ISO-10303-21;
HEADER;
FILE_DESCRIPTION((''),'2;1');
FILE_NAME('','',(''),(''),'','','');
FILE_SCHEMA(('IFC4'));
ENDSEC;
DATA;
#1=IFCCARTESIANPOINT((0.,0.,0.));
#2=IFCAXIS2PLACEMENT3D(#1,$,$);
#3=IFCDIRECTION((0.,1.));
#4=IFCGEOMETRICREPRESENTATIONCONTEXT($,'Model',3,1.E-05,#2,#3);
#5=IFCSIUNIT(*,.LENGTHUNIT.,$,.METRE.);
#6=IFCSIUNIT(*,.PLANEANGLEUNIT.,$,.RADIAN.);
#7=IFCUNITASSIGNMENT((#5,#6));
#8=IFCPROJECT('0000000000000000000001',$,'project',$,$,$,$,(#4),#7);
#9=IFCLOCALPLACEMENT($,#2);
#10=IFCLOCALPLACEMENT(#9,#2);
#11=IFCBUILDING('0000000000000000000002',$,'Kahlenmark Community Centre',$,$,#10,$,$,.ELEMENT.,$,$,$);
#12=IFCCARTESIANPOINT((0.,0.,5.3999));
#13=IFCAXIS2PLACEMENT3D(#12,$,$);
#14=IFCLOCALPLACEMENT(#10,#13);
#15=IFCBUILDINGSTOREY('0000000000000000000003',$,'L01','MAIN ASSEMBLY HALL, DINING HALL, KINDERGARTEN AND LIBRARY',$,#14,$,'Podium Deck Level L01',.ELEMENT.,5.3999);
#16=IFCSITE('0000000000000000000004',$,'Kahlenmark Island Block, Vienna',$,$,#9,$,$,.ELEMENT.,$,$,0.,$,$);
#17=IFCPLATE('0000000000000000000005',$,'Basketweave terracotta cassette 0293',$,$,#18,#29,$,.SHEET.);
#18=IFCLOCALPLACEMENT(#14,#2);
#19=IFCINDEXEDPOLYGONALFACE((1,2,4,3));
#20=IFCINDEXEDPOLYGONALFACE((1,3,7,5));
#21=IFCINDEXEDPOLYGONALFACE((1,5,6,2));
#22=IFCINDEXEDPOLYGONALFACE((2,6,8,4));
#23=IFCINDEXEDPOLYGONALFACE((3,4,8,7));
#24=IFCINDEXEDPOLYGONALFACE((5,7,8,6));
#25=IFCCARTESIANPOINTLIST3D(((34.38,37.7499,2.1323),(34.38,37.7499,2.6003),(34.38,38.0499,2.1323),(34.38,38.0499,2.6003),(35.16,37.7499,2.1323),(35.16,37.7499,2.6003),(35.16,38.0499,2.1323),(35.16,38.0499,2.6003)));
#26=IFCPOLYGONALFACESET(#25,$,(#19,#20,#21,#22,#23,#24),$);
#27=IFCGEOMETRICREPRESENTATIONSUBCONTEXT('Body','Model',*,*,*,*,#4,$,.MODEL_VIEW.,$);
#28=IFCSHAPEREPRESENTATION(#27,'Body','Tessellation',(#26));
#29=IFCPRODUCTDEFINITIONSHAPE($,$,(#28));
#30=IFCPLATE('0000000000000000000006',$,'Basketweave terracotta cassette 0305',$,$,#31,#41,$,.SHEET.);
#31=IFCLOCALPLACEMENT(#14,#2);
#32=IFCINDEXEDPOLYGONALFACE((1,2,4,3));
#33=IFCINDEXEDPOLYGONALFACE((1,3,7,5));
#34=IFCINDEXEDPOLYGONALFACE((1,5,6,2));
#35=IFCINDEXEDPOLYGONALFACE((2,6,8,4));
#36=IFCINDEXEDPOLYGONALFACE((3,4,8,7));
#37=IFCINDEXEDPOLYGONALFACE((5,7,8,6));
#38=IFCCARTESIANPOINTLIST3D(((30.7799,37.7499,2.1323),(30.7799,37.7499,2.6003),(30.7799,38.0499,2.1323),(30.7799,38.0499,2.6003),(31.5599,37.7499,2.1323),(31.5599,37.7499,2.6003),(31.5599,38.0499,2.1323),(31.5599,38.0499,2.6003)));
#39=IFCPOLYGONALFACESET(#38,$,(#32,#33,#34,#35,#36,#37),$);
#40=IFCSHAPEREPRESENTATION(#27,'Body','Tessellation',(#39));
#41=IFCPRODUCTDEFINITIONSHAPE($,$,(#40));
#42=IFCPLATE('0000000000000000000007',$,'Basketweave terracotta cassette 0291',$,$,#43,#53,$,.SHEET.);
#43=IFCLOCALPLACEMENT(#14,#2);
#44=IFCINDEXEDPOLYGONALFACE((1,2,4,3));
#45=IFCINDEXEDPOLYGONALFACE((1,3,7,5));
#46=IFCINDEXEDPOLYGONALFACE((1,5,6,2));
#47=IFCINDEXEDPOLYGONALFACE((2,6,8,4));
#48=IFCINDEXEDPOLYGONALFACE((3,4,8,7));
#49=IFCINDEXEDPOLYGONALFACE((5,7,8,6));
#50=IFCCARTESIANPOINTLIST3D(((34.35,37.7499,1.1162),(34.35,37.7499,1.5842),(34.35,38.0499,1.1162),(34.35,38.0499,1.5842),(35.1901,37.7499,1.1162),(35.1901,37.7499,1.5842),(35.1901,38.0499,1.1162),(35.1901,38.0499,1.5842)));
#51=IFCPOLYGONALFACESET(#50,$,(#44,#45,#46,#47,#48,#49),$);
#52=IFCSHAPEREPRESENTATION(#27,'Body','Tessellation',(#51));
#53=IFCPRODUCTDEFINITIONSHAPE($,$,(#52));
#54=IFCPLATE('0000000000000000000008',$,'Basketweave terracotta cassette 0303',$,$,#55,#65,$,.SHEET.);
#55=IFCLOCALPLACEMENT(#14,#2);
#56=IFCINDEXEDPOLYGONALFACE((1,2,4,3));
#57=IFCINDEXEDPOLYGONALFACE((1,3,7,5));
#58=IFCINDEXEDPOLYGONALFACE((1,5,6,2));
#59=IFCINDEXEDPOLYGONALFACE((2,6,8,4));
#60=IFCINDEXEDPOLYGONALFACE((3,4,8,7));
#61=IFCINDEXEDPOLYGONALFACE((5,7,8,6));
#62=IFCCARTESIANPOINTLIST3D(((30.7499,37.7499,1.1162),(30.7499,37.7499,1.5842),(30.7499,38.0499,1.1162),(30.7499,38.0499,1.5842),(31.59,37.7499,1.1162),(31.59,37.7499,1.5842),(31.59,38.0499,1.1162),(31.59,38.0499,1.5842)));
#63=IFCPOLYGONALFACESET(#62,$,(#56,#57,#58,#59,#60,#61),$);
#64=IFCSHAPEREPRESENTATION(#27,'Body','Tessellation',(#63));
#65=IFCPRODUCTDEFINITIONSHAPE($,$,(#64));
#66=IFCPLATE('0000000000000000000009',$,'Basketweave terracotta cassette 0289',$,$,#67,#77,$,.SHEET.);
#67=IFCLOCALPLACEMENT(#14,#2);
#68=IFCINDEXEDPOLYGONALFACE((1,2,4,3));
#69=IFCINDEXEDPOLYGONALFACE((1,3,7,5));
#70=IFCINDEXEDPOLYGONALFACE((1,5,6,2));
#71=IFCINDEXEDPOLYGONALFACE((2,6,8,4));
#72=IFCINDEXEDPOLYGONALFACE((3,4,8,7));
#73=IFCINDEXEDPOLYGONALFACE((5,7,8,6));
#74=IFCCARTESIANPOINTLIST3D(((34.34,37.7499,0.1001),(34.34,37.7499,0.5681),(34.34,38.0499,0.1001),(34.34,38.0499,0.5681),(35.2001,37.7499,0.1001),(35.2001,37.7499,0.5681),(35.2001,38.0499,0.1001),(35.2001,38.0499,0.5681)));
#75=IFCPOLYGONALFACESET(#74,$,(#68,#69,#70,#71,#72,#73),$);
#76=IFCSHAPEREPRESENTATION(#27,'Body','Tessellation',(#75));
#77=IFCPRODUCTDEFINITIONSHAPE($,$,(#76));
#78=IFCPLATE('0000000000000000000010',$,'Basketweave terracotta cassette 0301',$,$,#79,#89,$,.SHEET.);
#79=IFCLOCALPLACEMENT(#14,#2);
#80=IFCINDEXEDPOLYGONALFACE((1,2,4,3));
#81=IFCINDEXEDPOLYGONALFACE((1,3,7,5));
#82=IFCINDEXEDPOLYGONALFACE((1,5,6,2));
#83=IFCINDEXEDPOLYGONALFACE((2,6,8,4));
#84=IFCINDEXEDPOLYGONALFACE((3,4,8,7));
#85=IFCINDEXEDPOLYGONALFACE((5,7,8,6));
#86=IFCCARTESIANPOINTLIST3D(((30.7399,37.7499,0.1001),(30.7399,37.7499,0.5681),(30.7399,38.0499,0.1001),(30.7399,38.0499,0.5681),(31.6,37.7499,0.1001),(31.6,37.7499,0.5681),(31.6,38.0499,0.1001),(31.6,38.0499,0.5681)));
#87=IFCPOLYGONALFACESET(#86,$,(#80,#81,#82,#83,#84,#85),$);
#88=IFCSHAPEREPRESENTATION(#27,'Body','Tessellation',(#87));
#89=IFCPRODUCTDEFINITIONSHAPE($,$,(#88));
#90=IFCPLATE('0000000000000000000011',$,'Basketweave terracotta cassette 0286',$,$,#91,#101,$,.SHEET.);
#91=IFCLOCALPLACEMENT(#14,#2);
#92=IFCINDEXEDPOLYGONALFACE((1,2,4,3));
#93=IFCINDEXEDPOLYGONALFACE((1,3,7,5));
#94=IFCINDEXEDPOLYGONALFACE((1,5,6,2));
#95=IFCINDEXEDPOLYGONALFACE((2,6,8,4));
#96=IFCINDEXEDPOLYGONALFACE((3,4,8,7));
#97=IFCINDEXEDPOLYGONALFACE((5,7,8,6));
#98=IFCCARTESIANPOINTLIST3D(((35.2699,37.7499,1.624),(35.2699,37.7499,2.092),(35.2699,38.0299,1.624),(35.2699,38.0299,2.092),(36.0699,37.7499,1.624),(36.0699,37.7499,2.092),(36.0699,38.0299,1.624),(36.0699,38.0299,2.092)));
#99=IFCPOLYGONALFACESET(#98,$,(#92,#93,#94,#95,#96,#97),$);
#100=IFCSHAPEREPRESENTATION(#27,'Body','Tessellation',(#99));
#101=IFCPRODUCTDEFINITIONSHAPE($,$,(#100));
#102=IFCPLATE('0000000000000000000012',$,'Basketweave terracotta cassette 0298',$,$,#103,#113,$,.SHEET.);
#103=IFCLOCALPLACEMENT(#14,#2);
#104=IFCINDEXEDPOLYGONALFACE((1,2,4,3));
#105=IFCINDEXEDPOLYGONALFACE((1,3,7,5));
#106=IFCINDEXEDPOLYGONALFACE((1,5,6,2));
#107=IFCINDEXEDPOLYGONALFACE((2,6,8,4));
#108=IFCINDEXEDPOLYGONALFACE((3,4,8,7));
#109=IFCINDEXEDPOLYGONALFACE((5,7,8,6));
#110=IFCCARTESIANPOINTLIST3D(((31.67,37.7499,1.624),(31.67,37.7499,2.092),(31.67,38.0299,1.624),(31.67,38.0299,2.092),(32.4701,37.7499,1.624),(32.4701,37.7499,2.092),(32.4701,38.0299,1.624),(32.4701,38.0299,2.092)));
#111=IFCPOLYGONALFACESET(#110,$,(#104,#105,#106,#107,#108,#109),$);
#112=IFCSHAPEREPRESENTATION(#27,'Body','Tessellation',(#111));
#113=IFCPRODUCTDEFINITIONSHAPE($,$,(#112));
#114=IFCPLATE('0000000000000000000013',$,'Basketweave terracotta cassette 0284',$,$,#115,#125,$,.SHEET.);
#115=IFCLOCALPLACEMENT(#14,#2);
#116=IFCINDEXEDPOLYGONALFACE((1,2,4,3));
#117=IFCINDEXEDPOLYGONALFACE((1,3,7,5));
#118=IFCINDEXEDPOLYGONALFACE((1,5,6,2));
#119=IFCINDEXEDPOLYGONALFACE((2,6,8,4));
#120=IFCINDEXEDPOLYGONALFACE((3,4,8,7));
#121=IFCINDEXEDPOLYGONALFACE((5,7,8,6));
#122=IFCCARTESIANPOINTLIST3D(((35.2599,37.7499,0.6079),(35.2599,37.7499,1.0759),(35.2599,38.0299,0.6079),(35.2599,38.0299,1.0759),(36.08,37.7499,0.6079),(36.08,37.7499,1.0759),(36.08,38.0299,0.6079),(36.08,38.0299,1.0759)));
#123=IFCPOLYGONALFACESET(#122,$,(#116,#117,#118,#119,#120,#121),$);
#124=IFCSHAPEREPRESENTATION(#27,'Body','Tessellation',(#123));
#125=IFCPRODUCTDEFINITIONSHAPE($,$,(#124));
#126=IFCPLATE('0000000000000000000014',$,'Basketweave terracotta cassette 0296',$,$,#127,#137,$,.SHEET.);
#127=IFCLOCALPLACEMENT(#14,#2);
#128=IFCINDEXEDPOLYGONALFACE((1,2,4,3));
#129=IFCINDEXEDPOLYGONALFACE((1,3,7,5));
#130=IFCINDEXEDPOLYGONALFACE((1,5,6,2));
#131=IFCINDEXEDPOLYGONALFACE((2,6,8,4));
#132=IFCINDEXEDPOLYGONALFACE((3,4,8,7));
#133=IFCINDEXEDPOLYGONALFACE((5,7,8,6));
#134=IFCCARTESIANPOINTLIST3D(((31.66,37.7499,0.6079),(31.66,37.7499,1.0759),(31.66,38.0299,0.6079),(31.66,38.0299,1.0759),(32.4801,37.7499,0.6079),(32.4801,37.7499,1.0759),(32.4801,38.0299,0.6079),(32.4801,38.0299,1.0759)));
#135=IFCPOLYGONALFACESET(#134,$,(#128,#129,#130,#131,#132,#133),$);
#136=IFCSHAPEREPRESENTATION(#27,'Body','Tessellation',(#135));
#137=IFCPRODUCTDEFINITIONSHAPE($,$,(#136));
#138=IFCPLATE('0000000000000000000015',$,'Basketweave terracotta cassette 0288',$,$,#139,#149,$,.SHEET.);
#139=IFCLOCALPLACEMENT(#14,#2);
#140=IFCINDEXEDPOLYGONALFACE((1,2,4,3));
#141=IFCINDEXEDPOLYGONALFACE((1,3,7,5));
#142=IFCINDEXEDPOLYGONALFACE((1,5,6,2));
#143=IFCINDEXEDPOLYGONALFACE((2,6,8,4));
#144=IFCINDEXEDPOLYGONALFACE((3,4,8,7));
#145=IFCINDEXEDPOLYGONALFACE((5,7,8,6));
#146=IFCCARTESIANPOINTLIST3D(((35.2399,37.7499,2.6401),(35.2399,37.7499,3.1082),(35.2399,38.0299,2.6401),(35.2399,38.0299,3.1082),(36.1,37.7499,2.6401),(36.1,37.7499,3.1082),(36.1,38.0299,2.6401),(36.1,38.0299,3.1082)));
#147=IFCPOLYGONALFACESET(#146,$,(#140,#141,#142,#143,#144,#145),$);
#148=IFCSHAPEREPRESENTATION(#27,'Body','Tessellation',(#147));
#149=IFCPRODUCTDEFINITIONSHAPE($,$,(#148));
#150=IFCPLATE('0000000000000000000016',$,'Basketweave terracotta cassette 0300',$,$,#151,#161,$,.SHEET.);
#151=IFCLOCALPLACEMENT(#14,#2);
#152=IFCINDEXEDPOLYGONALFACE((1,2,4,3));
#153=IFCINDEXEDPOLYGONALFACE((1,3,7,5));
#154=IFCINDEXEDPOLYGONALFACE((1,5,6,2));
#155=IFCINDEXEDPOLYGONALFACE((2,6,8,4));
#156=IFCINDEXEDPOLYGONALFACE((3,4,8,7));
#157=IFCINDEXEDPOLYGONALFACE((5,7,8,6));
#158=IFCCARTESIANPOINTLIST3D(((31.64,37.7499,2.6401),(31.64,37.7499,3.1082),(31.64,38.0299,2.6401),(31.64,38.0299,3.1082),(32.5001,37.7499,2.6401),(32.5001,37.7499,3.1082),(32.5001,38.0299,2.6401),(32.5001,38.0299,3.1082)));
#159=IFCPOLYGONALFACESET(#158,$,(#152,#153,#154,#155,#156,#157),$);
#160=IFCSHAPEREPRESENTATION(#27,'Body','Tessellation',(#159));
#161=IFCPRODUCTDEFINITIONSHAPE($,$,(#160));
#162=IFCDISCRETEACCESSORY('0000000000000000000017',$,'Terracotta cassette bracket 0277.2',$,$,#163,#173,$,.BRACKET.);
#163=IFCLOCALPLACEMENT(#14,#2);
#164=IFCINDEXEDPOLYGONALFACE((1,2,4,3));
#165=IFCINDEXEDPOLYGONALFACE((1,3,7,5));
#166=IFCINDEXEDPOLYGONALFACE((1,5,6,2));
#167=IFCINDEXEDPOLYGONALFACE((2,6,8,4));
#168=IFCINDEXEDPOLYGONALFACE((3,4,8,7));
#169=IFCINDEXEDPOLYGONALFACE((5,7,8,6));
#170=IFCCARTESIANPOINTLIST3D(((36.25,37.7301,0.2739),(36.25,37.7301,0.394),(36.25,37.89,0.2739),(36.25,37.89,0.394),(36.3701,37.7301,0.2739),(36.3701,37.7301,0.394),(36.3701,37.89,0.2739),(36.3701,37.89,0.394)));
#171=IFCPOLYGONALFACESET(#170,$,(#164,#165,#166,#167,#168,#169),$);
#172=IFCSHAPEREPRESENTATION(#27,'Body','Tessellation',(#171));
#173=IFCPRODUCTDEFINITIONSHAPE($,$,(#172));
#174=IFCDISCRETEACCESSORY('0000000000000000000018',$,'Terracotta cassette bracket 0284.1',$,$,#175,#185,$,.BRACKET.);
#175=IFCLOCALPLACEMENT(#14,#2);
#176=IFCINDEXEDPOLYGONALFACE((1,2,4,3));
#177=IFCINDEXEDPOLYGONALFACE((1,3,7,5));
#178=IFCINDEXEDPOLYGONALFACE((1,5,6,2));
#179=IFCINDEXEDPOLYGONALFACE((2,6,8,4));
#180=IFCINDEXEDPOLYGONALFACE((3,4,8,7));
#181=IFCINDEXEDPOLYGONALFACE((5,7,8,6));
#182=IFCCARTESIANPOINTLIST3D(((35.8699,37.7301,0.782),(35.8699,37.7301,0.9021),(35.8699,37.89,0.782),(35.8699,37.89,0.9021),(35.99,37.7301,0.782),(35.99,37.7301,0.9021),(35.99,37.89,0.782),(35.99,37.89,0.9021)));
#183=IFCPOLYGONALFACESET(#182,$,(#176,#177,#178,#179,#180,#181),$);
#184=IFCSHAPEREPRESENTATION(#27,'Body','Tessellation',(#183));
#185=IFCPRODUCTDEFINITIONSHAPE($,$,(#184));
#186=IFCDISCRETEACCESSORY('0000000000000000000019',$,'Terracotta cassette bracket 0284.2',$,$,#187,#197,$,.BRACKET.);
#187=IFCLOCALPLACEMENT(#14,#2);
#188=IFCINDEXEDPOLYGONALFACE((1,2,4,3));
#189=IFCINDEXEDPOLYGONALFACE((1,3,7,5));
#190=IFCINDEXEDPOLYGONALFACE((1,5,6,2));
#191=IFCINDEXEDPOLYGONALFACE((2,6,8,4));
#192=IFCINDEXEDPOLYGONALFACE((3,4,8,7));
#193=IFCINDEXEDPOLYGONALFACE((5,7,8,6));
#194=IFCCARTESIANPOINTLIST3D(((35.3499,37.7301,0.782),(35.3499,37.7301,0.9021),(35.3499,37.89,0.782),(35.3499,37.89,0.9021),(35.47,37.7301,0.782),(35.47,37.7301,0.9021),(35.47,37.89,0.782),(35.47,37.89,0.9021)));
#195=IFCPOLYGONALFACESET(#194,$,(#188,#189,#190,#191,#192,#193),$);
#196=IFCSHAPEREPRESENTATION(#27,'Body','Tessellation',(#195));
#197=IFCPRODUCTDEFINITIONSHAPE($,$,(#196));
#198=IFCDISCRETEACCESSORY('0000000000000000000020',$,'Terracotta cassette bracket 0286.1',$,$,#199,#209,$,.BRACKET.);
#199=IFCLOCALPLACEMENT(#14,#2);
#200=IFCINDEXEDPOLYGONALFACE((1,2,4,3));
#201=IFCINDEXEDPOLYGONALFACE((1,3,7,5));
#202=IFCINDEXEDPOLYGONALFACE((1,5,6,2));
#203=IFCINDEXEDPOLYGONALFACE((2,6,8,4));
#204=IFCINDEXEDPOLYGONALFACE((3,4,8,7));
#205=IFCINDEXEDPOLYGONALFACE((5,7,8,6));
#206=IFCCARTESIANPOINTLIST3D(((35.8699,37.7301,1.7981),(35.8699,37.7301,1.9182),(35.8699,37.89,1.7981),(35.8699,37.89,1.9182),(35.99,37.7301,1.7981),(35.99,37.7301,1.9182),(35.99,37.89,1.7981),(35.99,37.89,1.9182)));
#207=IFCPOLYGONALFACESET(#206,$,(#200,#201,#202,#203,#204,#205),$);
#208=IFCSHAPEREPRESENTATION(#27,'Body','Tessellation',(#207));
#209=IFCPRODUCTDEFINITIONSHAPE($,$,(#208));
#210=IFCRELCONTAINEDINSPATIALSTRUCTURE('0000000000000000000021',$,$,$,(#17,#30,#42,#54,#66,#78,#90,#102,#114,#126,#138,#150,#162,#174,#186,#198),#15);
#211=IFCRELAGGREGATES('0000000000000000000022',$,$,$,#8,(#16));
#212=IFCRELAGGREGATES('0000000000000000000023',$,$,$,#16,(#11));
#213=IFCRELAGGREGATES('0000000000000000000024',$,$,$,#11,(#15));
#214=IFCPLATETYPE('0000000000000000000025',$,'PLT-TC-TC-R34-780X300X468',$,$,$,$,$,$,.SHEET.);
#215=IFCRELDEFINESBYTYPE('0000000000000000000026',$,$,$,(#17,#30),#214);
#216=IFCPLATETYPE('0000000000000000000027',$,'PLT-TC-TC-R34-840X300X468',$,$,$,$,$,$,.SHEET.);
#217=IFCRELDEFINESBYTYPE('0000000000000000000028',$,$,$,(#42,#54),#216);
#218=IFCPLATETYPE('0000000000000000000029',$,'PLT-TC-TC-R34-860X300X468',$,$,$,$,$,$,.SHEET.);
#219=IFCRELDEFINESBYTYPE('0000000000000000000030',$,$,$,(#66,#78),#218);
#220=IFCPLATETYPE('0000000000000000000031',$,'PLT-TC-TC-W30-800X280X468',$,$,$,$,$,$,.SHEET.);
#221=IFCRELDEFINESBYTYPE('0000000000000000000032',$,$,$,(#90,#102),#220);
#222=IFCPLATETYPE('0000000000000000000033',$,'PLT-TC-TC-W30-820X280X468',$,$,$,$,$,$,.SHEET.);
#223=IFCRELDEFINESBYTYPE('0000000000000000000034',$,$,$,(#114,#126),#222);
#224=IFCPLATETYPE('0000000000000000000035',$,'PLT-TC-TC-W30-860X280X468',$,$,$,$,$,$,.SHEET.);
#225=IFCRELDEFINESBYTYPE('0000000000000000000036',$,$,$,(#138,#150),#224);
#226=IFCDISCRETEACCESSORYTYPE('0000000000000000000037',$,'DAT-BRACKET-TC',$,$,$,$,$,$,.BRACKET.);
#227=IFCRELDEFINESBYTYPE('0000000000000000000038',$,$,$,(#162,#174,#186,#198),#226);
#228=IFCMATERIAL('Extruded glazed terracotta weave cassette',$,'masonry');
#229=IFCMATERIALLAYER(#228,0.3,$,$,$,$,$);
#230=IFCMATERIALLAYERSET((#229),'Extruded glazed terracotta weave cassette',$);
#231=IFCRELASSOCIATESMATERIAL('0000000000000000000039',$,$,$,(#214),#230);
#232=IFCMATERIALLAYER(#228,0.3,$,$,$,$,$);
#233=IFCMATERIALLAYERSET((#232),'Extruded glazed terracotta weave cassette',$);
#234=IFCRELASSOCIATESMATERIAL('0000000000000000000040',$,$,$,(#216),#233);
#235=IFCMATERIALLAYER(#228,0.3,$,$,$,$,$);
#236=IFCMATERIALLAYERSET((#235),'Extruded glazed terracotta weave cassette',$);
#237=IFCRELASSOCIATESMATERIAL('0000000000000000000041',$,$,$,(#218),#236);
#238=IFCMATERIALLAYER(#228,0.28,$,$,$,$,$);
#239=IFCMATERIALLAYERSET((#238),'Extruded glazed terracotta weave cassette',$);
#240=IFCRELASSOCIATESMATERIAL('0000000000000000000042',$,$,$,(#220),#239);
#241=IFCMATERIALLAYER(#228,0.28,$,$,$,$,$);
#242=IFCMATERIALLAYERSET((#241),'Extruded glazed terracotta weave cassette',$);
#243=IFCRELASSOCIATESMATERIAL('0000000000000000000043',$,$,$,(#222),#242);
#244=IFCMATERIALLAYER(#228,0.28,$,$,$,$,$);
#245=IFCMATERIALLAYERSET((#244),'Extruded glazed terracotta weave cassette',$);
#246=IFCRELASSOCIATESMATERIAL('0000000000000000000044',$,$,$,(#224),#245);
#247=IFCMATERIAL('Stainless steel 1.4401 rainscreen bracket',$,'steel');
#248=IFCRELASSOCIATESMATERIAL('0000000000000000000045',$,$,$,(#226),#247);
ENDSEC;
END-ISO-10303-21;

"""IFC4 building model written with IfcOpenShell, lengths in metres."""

from ifc_helpers import new_model, si_unit, direction, frame, origin, origin_2d, place, context, subcontext, project, spatial, rectangle, extrude, material, layer, layer_set, type_object, element, save


model = new_model("IFC4")

# Units and contexts
model_context = context("Model", 3, precision=1e-05, world=origin(), true_north=direction((0.0, 1.0)))
body_context = subcontext(model_context, "Body", "Model", "MODEL_VIEW")
ifc_project = project(units=[si_unit("LENGTHUNIT", "METRE"), si_unit("PLANEANGLEUNIT", "RADIAN")], contexts=[model_context])

# Site, building, storey
site_placement = place(None, origin())
site = spatial("IfcSite", under=ifc_project, at=site_placement, Name="Kahlenmark Island Block, Vienna", CompositionType="ELEMENT", RefElevation=0.0)
building_placement = place(site_placement, origin())
building = spatial("IfcBuilding", under=site, at=building_placement, Name="Kahlenmark Community Centre", CompositionType="ELEMENT")
storey_placement = place(building_placement, frame((0.0, 0.0, 5.3999)))
storey = spatial("IfcBuildingStorey", under=building, at=storey_placement, Name="L01", Description="MAIN ASSEMBLY HALL, DINING HALL, KINDERGARTEN AND LIBRARY", LongName="Podium Deck Level L01", CompositionType="ELEMENT", Elevation=5.3999)

# Plates
ifc_material_1 = material(Name="Extruded glazed terracotta weave cassette", Category="masonry")
ifc_layer_1 = layer(ifc_material_1, 0.3)
ifc_layer_set_1 = layer_set([ifc_layer_1], Name="Extruded glazed terracotta weave cassette")
plate_type_1 = type_object("IfcPlateType", Name="PLT-TC-TC-R34-780X300X468", PredefinedType="SHEET", material=ifc_layer_set_1)
for number, where, z_axis, x_axis, name in (
    (1, (34.77, 37.8999, 2.1323), (0.0, 0.0, 1.0), (-1.0, 0.0, 0.0), "Basketweave terracotta cassette 0293"),
    (2, (31.1699, 37.8999, 2.1323), (0.0, 0.0, 1.0), (-1.0, 0.0, 0.0), "Basketweave terracotta cassette 0305"),
):
    element("IfcPlate", number, at=place(storey_placement, frame(where, z_axis=z_axis, x_axis=x_axis)), inside=storey, type_object=plate_type_1, Name=name, PredefinedType="SHEET", context=body_context, shape_type="SweptSolid", body=[
        extrude(rectangle(XDim=0.78, YDim=0.3, at=origin_2d()), origin(), (0.0, 0.0, 1.0), 0.468),
    ])
ifc_layer_2 = layer(ifc_material_1, 0.3)
ifc_layer_set_2 = layer_set([ifc_layer_2], Name="Extruded glazed terracotta weave cassette")
plate_type_2 = type_object("IfcPlateType", Name="PLT-TC-TC-R34-840X300X468", PredefinedType="SHEET", material=ifc_layer_set_2)
for number, where, z_axis, x_axis, name in (
    (3, (34.77, 37.8999, 1.1162), (0.0, 0.0, 1.0), (-1.0, 0.0, 0.0), "Basketweave terracotta cassette 0291"),
    (4, (31.1699, 37.8999, 1.1162), (0.0, 0.0, 1.0), (-1.0, 0.0, 0.0), "Basketweave terracotta cassette 0303"),
):
    element("IfcPlate", number, at=place(storey_placement, frame(where, z_axis=z_axis, x_axis=x_axis)), inside=storey, type_object=plate_type_2, Name=name, PredefinedType="SHEET", context=body_context, shape_type="SweptSolid", body=[
        extrude(rectangle(XDim=0.8401, YDim=0.3, at=origin_2d()), origin(), (0.0, 0.0, 1.0), 0.468),
    ])
ifc_layer_3 = layer(ifc_material_1, 0.3)
ifc_layer_set_3 = layer_set([ifc_layer_3], Name="Extruded glazed terracotta weave cassette")
plate_type_3 = type_object("IfcPlateType", Name="PLT-TC-TC-R34-860X300X468", PredefinedType="SHEET", material=ifc_layer_set_3)
for number, where, z_axis, x_axis, name in (
    (5, (34.77, 37.8999, 0.1001), (0.0, 0.0, 1.0), (-1.0, 0.0, 0.0), "Basketweave terracotta cassette 0289"),
    (6, (31.1699, 37.8999, 0.1001), (0.0, 0.0, 1.0), (-1.0, 0.0, 0.0), "Basketweave terracotta cassette 0301"),
):
    element("IfcPlate", number, at=place(storey_placement, frame(where, z_axis=z_axis, x_axis=x_axis)), inside=storey, type_object=plate_type_3, Name=name, PredefinedType="SHEET", context=body_context, shape_type="SweptSolid", body=[
        extrude(rectangle(XDim=0.8601, YDim=0.3, at=origin_2d()), origin(), (0.0, 0.0, 1.0), 0.468),
    ])
ifc_layer_4 = layer(ifc_material_1, 0.28)
ifc_layer_set_4 = layer_set([ifc_layer_4], Name="Extruded glazed terracotta weave cassette")
plate_type_4 = type_object("IfcPlateType", Name="PLT-TC-TC-W30-800X280X468", PredefinedType="SHEET", material=ifc_layer_set_4)
for number, where, z_axis, x_axis, name in (
    (7, (35.6699, 37.8899, 1.624), (0.0, 0.0, 1.0), (-1.0, 0.0, 0.0), "Basketweave terracotta cassette 0286"),
    (8, (32.0701, 37.8899, 1.624), (0.0, 0.0, 1.0), (-1.0, 0.0, 0.0), "Basketweave terracotta cassette 0298"),
):
    element("IfcPlate", number, at=place(storey_placement, frame(where, z_axis=z_axis, x_axis=x_axis)), inside=storey, type_object=plate_type_4, Name=name, PredefinedType="SHEET", context=body_context, shape_type="SweptSolid", body=[
        extrude(rectangle(XDim=0.8, YDim=0.28, at=origin_2d()), origin(), (0.0, 0.0, 1.0), 0.468),
    ])
ifc_layer_5 = layer(ifc_material_1, 0.28)
ifc_layer_set_5 = layer_set([ifc_layer_5], Name="Extruded glazed terracotta weave cassette")
plate_type_5 = type_object("IfcPlateType", Name="PLT-TC-TC-W30-820X280X468", PredefinedType="SHEET", material=ifc_layer_set_5)
for number, where, z_axis, x_axis, name in (
    (9, (35.6699, 37.8899, 0.6079), (0.0, 0.0, 1.0), (-1.0, 0.0, 0.0), "Basketweave terracotta cassette 0284"),
    (10, (32.0701, 37.8899, 0.6079), (0.0, 0.0, 1.0), (-1.0, 0.0, 0.0), "Basketweave terracotta cassette 0296"),
):
    element("IfcPlate", number, at=place(storey_placement, frame(where, z_axis=z_axis, x_axis=x_axis)), inside=storey, type_object=plate_type_5, Name=name, PredefinedType="SHEET", context=body_context, shape_type="SweptSolid", body=[
        extrude(rectangle(XDim=0.8201, YDim=0.28, at=origin_2d()), origin(), (0.0, 0.0, 1.0), 0.468),
    ])
ifc_layer_6 = layer(ifc_material_1, 0.28)
ifc_layer_set_6 = layer_set([ifc_layer_6], Name="Extruded glazed terracotta weave cassette")
plate_type_6 = type_object("IfcPlateType", Name="PLT-TC-TC-W30-860X280X468", PredefinedType="SHEET", material=ifc_layer_set_6)
for number, where, z_axis, x_axis, name in (
    (11, (35.6699, 37.8899, 2.6401), (0.0, 0.0, 1.0), (-1.0, 0.0, 0.0), "Basketweave terracotta cassette 0288"),
    (12, (32.0701, 37.8899, 2.6401), (0.0, 0.0, 1.0), (-1.0, 0.0, 0.0), "Basketweave terracotta cassette 0300"),
):
    element("IfcPlate", number, at=place(storey_placement, frame(where, z_axis=z_axis, x_axis=x_axis)), inside=storey, type_object=plate_type_6, Name=name, PredefinedType="SHEET", context=body_context, shape_type="SweptSolid", body=[
        extrude(rectangle(XDim=0.8601, YDim=0.28, at=origin_2d()), origin(), (0.0, 0.0, 1.0), 0.468),
    ])

# Discrete accessories
ifc_material_2 = material(Name="Stainless steel 1.4401 rainscreen bracket", Category="steel")
discrete_accessory_type = type_object("IfcDiscreteAccessoryType", Name="DAT-BRACKET-TC", PredefinedType="BRACKET", material=ifc_material_2)
for number, where, z_axis, x_axis, name in (
    (13, (36.3101, 37.8101, 0.2739), (0.0, 0.0, 1.0), (-1.0, 0.0, 0.0), "Terracotta cassette bracket 0277.2"),
    (14, (35.9299, 37.8101, 0.782), (0.0, 0.0, 1.0), (-1.0, 0.0, 0.0), "Terracotta cassette bracket 0284.1"),
    (15, (35.4099, 37.8101, 0.782), (0.0, 0.0, 1.0), (-1.0, 0.0, 0.0), "Terracotta cassette bracket 0284.2"),
    (16, (35.9299, 37.8101, 1.7981), (0.0, 0.0, 1.0), (-1.0, 0.0, 0.0), "Terracotta cassette bracket 0286.1"),
):
    element("IfcDiscreteAccessory", number, at=place(storey_placement, frame(where, z_axis=z_axis, x_axis=x_axis)), inside=storey, type_object=discrete_accessory_type, Name=name, PredefinedType="BRACKET", context=body_context, shape_type="SweptSolid", body=[
        extrude(rectangle(XDim=0.1201, YDim=0.1599, at=origin_2d()), origin(), (0.0, 0.0, 1.0), 0.1201),
    ])

save(model, "model.ifc")
